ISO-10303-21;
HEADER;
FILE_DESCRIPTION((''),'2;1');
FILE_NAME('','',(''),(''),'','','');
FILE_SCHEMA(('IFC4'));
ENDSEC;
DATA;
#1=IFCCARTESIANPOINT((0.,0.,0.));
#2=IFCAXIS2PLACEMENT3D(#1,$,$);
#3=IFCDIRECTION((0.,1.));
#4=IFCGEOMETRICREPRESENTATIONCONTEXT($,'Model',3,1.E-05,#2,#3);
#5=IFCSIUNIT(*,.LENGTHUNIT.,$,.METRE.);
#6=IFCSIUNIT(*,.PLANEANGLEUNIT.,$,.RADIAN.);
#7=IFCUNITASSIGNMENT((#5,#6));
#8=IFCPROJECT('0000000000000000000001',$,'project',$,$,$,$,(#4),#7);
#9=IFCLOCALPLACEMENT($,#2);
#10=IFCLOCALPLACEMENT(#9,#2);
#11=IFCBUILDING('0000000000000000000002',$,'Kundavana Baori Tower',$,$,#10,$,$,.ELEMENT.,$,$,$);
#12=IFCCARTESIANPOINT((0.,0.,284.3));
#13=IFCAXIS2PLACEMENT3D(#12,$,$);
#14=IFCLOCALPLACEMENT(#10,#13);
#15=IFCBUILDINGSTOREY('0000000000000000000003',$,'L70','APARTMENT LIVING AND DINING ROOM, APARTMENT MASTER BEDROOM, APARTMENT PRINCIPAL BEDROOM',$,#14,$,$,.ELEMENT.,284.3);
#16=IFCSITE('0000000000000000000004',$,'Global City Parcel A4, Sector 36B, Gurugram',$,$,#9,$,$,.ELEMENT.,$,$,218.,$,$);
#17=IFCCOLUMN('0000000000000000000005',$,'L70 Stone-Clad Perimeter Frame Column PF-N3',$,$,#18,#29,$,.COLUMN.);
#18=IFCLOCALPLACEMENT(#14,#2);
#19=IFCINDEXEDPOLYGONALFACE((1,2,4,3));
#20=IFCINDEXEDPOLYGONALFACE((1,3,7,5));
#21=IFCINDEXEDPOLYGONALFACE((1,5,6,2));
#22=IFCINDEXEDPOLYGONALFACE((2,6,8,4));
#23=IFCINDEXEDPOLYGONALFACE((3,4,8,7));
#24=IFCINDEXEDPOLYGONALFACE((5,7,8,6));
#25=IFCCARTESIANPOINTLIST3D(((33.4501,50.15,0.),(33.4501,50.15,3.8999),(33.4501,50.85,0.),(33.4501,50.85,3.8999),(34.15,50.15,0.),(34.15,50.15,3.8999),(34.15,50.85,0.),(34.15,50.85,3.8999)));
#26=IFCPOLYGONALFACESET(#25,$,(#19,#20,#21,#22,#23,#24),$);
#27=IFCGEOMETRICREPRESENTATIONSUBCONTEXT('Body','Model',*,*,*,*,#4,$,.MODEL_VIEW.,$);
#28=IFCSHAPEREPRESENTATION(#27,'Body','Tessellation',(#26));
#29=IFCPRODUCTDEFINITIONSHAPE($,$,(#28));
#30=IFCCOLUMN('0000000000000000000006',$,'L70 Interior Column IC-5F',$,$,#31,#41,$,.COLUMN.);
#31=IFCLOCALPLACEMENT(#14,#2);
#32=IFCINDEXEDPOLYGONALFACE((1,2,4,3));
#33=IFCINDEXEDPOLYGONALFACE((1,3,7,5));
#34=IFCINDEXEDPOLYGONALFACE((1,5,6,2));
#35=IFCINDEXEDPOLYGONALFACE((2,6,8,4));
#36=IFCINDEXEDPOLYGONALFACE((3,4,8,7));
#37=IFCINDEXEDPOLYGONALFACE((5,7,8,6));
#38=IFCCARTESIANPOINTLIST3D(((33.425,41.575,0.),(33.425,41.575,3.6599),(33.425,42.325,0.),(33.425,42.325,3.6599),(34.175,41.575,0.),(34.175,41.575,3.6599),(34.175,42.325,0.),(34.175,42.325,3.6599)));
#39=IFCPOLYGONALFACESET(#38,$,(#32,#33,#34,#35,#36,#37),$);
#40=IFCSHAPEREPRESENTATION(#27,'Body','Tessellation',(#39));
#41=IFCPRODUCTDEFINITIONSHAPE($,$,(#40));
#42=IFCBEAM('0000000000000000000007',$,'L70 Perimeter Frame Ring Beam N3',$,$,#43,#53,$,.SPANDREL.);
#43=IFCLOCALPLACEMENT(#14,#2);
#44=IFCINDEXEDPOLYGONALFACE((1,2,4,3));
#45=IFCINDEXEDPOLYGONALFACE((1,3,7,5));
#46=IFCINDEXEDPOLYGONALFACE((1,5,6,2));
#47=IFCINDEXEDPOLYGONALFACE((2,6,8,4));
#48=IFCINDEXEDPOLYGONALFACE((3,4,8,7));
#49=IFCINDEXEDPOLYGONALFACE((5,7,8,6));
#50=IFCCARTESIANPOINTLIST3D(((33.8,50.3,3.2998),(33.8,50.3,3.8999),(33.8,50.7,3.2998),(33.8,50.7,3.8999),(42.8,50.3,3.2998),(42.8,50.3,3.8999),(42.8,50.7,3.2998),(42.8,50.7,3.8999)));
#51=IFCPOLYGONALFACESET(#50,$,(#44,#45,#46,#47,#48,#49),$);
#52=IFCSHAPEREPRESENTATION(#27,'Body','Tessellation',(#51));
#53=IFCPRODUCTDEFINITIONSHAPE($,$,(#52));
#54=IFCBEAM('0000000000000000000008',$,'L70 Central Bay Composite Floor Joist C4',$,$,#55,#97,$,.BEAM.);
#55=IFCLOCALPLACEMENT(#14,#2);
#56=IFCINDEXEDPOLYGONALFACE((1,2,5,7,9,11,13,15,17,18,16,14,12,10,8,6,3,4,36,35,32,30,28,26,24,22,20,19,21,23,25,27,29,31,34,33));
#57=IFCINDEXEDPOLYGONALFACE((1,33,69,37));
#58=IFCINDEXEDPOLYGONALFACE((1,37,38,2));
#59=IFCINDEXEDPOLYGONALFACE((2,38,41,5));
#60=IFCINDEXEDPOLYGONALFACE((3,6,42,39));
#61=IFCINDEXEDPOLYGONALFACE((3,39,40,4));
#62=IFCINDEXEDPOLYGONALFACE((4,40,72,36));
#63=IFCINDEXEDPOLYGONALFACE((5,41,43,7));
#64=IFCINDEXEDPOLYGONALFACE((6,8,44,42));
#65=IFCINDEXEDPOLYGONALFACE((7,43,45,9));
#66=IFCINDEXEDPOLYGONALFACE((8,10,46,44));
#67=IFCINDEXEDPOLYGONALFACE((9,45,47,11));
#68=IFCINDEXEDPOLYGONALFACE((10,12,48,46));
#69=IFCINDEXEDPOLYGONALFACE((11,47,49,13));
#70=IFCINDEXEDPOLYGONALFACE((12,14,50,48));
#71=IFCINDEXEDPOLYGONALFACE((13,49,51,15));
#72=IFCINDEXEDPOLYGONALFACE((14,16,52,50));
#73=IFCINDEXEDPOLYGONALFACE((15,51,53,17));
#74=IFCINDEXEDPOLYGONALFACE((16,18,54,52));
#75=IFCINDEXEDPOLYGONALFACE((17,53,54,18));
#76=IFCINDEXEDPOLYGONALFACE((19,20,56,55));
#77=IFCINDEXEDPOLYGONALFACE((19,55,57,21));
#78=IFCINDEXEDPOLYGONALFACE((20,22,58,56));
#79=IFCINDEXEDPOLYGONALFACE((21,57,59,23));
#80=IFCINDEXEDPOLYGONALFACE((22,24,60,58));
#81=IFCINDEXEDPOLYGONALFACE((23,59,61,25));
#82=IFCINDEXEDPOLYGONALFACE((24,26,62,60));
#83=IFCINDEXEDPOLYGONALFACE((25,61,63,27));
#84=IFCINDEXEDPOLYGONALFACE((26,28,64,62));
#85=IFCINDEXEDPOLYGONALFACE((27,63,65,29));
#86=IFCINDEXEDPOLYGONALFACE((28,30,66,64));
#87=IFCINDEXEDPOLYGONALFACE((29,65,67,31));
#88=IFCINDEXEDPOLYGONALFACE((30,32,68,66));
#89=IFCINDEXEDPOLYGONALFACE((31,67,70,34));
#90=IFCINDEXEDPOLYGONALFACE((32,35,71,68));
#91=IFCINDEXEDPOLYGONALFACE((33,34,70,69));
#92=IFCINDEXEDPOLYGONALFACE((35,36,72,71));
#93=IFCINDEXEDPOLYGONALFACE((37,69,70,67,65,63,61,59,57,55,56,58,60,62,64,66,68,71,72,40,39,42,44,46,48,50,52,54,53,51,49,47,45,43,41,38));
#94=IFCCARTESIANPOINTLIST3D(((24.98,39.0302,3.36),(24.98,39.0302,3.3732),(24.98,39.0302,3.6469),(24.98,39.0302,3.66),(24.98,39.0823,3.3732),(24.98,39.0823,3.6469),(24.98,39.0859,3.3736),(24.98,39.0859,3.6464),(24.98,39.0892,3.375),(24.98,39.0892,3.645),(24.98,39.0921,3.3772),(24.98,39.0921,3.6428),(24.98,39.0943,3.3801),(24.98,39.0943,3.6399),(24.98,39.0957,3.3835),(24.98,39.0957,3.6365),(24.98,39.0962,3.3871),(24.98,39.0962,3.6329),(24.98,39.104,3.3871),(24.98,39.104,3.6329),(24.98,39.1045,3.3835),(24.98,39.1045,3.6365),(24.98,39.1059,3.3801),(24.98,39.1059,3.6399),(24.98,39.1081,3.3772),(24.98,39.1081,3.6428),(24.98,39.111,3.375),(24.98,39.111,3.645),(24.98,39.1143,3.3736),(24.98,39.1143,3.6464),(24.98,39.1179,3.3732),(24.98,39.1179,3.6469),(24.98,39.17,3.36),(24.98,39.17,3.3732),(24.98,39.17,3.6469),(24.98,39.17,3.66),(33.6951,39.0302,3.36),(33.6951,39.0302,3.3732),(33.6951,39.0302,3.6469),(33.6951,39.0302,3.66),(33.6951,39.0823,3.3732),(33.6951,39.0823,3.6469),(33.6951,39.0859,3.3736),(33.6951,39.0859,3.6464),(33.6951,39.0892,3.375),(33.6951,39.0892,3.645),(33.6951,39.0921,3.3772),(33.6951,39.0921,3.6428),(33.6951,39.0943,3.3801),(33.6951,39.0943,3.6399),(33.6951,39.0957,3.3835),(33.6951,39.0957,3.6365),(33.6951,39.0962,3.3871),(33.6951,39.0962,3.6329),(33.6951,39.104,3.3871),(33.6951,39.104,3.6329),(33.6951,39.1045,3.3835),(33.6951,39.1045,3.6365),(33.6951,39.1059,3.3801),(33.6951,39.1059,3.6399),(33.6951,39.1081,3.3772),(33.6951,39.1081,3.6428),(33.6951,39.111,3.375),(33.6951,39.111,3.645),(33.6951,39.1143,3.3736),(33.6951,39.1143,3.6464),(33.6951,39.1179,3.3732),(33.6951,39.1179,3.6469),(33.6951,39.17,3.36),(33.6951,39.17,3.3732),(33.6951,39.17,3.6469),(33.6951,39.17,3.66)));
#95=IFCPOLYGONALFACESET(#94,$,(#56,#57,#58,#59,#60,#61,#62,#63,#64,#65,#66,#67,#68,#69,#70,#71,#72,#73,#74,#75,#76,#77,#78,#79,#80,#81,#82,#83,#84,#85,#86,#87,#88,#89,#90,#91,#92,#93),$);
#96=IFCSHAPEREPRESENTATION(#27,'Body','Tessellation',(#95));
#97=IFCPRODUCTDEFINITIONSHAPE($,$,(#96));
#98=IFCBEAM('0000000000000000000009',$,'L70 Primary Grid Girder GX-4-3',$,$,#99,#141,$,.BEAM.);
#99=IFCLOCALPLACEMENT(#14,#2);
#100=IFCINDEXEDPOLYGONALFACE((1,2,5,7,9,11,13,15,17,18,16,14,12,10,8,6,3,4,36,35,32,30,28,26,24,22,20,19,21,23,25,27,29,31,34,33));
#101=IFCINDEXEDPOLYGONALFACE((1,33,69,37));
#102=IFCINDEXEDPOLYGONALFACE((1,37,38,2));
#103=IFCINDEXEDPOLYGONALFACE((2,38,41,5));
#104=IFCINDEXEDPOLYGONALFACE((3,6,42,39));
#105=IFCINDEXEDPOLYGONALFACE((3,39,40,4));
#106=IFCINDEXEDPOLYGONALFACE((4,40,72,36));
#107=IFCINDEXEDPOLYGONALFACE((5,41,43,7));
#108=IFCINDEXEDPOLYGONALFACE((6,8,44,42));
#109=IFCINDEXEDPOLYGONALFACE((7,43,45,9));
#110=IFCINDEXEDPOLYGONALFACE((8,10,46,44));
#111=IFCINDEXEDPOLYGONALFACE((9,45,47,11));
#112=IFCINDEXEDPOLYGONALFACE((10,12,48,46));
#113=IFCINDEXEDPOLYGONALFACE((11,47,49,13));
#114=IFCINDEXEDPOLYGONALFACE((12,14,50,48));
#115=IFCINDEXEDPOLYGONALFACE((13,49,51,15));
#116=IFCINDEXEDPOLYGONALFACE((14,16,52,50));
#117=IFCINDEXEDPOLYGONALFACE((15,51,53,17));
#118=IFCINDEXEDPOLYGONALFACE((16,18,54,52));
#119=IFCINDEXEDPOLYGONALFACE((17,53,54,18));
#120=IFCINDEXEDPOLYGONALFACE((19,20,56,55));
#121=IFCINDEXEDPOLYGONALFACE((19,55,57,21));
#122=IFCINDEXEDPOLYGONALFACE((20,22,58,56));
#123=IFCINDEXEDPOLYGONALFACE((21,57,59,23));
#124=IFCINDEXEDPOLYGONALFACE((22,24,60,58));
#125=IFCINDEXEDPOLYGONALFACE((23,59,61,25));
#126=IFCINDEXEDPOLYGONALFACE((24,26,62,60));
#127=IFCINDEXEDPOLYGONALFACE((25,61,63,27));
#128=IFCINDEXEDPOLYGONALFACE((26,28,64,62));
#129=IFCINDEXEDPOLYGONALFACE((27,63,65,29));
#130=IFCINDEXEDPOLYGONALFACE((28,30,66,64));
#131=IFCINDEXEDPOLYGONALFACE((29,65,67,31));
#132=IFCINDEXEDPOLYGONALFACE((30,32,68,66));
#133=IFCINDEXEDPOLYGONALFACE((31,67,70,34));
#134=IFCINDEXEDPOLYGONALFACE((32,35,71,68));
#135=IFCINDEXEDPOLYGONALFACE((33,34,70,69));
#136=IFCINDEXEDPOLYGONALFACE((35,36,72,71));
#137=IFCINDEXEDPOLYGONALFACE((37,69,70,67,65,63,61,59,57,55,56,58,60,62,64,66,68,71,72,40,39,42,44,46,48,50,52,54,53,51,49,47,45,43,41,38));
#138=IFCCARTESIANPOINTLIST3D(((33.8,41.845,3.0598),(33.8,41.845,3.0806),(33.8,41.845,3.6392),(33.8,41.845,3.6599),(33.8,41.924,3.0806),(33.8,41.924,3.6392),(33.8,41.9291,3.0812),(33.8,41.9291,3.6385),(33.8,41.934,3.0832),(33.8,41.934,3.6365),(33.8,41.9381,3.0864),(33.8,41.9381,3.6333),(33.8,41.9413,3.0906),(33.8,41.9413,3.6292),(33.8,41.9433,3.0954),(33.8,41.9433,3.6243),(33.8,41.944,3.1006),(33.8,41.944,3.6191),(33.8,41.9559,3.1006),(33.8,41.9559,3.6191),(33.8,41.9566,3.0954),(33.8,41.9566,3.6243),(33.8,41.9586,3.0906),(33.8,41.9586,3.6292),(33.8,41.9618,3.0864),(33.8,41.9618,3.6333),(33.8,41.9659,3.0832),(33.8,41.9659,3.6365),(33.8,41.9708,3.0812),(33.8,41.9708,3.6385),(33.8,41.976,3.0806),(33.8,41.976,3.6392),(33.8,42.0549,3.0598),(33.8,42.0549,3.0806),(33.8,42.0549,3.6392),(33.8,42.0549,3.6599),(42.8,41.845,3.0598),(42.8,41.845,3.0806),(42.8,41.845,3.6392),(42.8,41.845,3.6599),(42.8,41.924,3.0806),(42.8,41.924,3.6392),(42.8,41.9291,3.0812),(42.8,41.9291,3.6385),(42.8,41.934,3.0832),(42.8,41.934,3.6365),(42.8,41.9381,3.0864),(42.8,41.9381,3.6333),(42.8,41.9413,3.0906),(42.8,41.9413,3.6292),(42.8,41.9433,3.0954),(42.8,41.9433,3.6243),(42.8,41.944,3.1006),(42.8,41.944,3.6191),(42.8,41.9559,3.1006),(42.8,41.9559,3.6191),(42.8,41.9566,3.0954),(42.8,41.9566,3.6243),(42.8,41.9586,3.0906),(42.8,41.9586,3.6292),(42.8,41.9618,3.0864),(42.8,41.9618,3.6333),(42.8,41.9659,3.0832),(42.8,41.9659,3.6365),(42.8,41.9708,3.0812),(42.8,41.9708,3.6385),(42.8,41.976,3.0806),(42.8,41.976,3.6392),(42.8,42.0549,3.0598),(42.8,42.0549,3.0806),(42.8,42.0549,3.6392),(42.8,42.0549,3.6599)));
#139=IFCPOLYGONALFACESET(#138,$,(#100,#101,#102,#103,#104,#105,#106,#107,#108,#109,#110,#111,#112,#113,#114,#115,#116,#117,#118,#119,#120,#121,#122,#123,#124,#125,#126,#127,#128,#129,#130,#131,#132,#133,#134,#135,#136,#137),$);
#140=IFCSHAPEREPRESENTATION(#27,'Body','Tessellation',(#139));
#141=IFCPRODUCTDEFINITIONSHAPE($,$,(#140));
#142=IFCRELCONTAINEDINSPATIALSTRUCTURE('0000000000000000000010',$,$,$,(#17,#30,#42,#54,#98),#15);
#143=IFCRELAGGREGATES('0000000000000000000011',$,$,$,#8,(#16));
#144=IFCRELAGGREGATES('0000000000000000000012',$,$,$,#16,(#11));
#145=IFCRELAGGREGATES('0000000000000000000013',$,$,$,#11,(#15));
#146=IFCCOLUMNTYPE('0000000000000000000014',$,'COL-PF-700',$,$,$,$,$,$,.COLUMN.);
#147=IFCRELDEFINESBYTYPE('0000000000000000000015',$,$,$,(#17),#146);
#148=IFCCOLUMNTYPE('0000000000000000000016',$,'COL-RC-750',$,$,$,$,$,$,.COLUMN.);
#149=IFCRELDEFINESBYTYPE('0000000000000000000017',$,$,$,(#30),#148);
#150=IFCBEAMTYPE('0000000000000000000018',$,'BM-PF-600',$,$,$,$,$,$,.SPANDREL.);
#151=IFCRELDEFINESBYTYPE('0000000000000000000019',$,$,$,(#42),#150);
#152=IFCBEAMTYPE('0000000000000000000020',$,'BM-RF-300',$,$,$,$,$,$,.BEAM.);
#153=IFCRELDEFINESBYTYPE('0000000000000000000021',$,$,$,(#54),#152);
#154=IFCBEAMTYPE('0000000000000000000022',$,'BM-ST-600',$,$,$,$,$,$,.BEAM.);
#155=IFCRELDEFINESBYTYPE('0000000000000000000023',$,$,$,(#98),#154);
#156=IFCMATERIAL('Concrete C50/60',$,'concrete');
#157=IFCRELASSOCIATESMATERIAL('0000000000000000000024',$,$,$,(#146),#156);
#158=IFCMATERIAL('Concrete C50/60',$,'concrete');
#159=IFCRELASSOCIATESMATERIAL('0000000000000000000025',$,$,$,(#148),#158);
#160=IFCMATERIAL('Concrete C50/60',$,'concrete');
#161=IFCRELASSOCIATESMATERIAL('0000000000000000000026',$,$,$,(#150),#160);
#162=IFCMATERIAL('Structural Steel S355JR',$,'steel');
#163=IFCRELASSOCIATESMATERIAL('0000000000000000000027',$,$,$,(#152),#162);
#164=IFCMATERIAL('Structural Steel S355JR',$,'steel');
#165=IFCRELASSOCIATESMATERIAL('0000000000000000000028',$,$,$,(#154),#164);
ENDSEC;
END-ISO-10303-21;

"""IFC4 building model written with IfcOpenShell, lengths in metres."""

from ifc_helpers import new_model, si_unit, direction, frame, origin, origin_2d, place, context, subcontext, project, spatial, rectangle, i_section, extrude, material, material_profile, profile_set, type_object, element, save


model = new_model("IFC4")

# Units and contexts
model_context = context("Model", 3, precision=1e-05, world=origin(), true_north=direction((0.0, 1.0)))
body_context = subcontext(model_context, "Body", "Model", "MODEL_VIEW")
ifc_project = project(units=[si_unit("LENGTHUNIT", "METRE"), si_unit("PLANEANGLEUNIT", "RADIAN")], contexts=[model_context])

# Site, building, storey
site_placement = place(None, origin())
site = spatial("IfcSite", under=ifc_project, at=site_placement, Name="Global City Parcel A4, Sector 36B, Gurugram", CompositionType="ELEMENT", RefElevation=218.0)
building_placement = place(site_placement, origin())
building = spatial("IfcBuilding", under=site, at=building_placement, Name="Kundavana Baori Tower", CompositionType="ELEMENT")
storey_placement = place(building_placement, frame((0.0, 0.0, 284.3)))
storey = spatial("IfcBuildingStorey", under=building, at=storey_placement, Name="L70", Description="APARTMENT LIVING AND DINING ROOM, APARTMENT MASTER BEDROOM, APARTMENT PRINCIPAL BEDROOM", CompositionType="ELEMENT", Elevation=284.3)

# Columns
ifc_material_1 = material(Name="Concrete C50/60", Category="concrete")
ifc_material_profile_1 = material_profile(ifc_material_1, rectangle(XDim=0.7, YDim=0.7, at=origin_2d()), Name="RC PF 700x700")
ifc_profile_set_1 = profile_set([ifc_material_profile_1], Name="Concrete C50/60")
column_type_1 = type_object("IfcColumnType", Name="COL-PF-700", PredefinedType="COLUMN", material=ifc_profile_set_1)
column_1_placement = place(storey_placement, frame((33.8, 50.5, 0.0), z_axis=(0.0, 0.0, 1.0), x_axis=(1.0, 0.0, 0.0)))
element("IfcColumn", 1, at=column_1_placement, inside=storey, type_object=column_type_1, Name="L70 Stone-Clad Perimeter Frame Column PF-N3", PredefinedType="COLUMN", context=body_context, shape_type="SweptSolid", body=[
    extrude(rectangle(XDim=0.7, YDim=0.7, at=origin_2d()), origin(), (0.0, 0.0, 1.0), 3.8999),
])
ifc_material_2 = material(Name="Concrete C50/60", Category="concrete")
ifc_material_profile_2 = material_profile(ifc_material_2, rectangle(XDim=0.75, YDim=0.75, at=origin_2d()), Name="RC 750x750")
ifc_profile_set_2 = profile_set([ifc_material_profile_2], Name="Concrete C50/60")
column_type_2 = type_object("IfcColumnType", Name="COL-RC-750", PredefinedType="COLUMN", material=ifc_profile_set_2)
column_2_placement = place(storey_placement, frame((33.8, 41.95, 0.0), z_axis=(0.0, 0.0, 1.0), x_axis=(1.0, 0.0, 0.0)))
element("IfcColumn", 2, at=column_2_placement, inside=storey, type_object=column_type_2, Name="L70 Interior Column IC-5F", PredefinedType="COLUMN", context=body_context, shape_type="SweptSolid", body=[
    extrude(rectangle(XDim=0.75, YDim=0.75, at=origin_2d()), origin(), (0.0, 0.0, 1.0), 3.6599),
])

# Beams
ifc_material_3 = material(Name="Concrete C50/60", Category="concrete")
ifc_material_profile_3 = material_profile(ifc_material_3, rectangle(XDim=0.3999, YDim=0.6001, at=origin_2d()), Name="RC BM 400x600")
ifc_profile_set_3 = profile_set([ifc_material_profile_3], Name="Concrete C50/60")
beam_type_1 = type_object("IfcBeamType", Name="BM-PF-600", PredefinedType="SPANDREL", material=ifc_profile_set_3)
beam_1_placement = place(storey_placement, frame((33.8, 50.5, 3.5999), z_axis=(1.0, 0.0, 0.0), x_axis=(0.0, 1.0, 0.0)))
element("IfcBeam", 3, at=beam_1_placement, inside=storey, type_object=beam_type_1, Name="L70 Perimeter Frame Ring Beam N3", PredefinedType="SPANDREL", context=body_context, shape_type="SweptSolid", body=[
    extrude(rectangle(XDim=0.3999, YDim=0.6001, at=origin_2d()), origin(), (0.0, 0.0, 1.0), 9.0),
])
ifc_material_4 = material(Name="Structural Steel S355JR", Category="steel")
ifc_material_profile_4 = material_profile(ifc_material_4, i_section(OverallWidth=0.1399, OverallDepth=0.3, WebThickness=0.0078, FlangeThickness=0.0132, FilletRadius=0.0139, at=origin_2d()), Name="ISMB 300")
ifc_profile_set_4 = profile_set([ifc_material_profile_4], Name="Structural Steel S355JR")
beam_type_2 = type_object("IfcBeamType", Name="BM-RF-300", PredefinedType="BEAM", material=ifc_profile_set_4)
beam_2_placement = place(storey_placement, frame((24.98, 39.1001, 3.51), z_axis=(1.0, 0.0, 0.0), x_axis=(0.0, 1.0, 0.0)))
element("IfcBeam", 4, at=beam_2_placement, inside=storey, type_object=beam_type_2, Name="L70 Central Bay Composite Floor Joist C4", PredefinedType="BEAM", context=body_context, shape_type="SweptSolid", body=[
    extrude(i_section(OverallWidth=0.1399, OverallDepth=0.3, WebThickness=0.0078, FlangeThickness=0.0132, FilletRadius=0.0139, at=origin_2d()), origin(), (0.0, 0.0, 1.0), 8.7151),
])
ifc_material_5 = material(Name="Structural Steel S355JR", Category="steel")
ifc_material_profile_5 = material_profile(ifc_material_5, i_section(OverallWidth=0.21, OverallDepth=0.6001, WebThickness=0.012, FlangeThickness=0.0208, FilletRadius=0.02, at=origin_2d()), Name="ISMB 600")
ifc_profile_set_5 = profile_set([ifc_material_profile_5], Name="Structural Steel S355JR")
beam_type_3 = type_object("IfcBeamType", Name="BM-ST-600", PredefinedType="BEAM", material=ifc_profile_set_5)
beam_3_placement = place(storey_placement, frame((33.8, 41.95, 3.3599), z_axis=(1.0, 0.0, 0.0), x_axis=(0.0, 1.0, 0.0)))
element("IfcBeam", 5, at=beam_3_placement, inside=storey, type_object=beam_type_3, Name="L70 Primary Grid Girder GX-4-3", PredefinedType="BEAM", context=body_context, shape_type="SweptSolid", body=[
    extrude(i_section(OverallWidth=0.21, OverallDepth=0.6001, WebThickness=0.012, FlangeThickness=0.0208, FilletRadius=0.02, at=origin_2d()), origin(), (0.0, 0.0, 1.0), 9.0),
])

save(model, "model.ifc")
